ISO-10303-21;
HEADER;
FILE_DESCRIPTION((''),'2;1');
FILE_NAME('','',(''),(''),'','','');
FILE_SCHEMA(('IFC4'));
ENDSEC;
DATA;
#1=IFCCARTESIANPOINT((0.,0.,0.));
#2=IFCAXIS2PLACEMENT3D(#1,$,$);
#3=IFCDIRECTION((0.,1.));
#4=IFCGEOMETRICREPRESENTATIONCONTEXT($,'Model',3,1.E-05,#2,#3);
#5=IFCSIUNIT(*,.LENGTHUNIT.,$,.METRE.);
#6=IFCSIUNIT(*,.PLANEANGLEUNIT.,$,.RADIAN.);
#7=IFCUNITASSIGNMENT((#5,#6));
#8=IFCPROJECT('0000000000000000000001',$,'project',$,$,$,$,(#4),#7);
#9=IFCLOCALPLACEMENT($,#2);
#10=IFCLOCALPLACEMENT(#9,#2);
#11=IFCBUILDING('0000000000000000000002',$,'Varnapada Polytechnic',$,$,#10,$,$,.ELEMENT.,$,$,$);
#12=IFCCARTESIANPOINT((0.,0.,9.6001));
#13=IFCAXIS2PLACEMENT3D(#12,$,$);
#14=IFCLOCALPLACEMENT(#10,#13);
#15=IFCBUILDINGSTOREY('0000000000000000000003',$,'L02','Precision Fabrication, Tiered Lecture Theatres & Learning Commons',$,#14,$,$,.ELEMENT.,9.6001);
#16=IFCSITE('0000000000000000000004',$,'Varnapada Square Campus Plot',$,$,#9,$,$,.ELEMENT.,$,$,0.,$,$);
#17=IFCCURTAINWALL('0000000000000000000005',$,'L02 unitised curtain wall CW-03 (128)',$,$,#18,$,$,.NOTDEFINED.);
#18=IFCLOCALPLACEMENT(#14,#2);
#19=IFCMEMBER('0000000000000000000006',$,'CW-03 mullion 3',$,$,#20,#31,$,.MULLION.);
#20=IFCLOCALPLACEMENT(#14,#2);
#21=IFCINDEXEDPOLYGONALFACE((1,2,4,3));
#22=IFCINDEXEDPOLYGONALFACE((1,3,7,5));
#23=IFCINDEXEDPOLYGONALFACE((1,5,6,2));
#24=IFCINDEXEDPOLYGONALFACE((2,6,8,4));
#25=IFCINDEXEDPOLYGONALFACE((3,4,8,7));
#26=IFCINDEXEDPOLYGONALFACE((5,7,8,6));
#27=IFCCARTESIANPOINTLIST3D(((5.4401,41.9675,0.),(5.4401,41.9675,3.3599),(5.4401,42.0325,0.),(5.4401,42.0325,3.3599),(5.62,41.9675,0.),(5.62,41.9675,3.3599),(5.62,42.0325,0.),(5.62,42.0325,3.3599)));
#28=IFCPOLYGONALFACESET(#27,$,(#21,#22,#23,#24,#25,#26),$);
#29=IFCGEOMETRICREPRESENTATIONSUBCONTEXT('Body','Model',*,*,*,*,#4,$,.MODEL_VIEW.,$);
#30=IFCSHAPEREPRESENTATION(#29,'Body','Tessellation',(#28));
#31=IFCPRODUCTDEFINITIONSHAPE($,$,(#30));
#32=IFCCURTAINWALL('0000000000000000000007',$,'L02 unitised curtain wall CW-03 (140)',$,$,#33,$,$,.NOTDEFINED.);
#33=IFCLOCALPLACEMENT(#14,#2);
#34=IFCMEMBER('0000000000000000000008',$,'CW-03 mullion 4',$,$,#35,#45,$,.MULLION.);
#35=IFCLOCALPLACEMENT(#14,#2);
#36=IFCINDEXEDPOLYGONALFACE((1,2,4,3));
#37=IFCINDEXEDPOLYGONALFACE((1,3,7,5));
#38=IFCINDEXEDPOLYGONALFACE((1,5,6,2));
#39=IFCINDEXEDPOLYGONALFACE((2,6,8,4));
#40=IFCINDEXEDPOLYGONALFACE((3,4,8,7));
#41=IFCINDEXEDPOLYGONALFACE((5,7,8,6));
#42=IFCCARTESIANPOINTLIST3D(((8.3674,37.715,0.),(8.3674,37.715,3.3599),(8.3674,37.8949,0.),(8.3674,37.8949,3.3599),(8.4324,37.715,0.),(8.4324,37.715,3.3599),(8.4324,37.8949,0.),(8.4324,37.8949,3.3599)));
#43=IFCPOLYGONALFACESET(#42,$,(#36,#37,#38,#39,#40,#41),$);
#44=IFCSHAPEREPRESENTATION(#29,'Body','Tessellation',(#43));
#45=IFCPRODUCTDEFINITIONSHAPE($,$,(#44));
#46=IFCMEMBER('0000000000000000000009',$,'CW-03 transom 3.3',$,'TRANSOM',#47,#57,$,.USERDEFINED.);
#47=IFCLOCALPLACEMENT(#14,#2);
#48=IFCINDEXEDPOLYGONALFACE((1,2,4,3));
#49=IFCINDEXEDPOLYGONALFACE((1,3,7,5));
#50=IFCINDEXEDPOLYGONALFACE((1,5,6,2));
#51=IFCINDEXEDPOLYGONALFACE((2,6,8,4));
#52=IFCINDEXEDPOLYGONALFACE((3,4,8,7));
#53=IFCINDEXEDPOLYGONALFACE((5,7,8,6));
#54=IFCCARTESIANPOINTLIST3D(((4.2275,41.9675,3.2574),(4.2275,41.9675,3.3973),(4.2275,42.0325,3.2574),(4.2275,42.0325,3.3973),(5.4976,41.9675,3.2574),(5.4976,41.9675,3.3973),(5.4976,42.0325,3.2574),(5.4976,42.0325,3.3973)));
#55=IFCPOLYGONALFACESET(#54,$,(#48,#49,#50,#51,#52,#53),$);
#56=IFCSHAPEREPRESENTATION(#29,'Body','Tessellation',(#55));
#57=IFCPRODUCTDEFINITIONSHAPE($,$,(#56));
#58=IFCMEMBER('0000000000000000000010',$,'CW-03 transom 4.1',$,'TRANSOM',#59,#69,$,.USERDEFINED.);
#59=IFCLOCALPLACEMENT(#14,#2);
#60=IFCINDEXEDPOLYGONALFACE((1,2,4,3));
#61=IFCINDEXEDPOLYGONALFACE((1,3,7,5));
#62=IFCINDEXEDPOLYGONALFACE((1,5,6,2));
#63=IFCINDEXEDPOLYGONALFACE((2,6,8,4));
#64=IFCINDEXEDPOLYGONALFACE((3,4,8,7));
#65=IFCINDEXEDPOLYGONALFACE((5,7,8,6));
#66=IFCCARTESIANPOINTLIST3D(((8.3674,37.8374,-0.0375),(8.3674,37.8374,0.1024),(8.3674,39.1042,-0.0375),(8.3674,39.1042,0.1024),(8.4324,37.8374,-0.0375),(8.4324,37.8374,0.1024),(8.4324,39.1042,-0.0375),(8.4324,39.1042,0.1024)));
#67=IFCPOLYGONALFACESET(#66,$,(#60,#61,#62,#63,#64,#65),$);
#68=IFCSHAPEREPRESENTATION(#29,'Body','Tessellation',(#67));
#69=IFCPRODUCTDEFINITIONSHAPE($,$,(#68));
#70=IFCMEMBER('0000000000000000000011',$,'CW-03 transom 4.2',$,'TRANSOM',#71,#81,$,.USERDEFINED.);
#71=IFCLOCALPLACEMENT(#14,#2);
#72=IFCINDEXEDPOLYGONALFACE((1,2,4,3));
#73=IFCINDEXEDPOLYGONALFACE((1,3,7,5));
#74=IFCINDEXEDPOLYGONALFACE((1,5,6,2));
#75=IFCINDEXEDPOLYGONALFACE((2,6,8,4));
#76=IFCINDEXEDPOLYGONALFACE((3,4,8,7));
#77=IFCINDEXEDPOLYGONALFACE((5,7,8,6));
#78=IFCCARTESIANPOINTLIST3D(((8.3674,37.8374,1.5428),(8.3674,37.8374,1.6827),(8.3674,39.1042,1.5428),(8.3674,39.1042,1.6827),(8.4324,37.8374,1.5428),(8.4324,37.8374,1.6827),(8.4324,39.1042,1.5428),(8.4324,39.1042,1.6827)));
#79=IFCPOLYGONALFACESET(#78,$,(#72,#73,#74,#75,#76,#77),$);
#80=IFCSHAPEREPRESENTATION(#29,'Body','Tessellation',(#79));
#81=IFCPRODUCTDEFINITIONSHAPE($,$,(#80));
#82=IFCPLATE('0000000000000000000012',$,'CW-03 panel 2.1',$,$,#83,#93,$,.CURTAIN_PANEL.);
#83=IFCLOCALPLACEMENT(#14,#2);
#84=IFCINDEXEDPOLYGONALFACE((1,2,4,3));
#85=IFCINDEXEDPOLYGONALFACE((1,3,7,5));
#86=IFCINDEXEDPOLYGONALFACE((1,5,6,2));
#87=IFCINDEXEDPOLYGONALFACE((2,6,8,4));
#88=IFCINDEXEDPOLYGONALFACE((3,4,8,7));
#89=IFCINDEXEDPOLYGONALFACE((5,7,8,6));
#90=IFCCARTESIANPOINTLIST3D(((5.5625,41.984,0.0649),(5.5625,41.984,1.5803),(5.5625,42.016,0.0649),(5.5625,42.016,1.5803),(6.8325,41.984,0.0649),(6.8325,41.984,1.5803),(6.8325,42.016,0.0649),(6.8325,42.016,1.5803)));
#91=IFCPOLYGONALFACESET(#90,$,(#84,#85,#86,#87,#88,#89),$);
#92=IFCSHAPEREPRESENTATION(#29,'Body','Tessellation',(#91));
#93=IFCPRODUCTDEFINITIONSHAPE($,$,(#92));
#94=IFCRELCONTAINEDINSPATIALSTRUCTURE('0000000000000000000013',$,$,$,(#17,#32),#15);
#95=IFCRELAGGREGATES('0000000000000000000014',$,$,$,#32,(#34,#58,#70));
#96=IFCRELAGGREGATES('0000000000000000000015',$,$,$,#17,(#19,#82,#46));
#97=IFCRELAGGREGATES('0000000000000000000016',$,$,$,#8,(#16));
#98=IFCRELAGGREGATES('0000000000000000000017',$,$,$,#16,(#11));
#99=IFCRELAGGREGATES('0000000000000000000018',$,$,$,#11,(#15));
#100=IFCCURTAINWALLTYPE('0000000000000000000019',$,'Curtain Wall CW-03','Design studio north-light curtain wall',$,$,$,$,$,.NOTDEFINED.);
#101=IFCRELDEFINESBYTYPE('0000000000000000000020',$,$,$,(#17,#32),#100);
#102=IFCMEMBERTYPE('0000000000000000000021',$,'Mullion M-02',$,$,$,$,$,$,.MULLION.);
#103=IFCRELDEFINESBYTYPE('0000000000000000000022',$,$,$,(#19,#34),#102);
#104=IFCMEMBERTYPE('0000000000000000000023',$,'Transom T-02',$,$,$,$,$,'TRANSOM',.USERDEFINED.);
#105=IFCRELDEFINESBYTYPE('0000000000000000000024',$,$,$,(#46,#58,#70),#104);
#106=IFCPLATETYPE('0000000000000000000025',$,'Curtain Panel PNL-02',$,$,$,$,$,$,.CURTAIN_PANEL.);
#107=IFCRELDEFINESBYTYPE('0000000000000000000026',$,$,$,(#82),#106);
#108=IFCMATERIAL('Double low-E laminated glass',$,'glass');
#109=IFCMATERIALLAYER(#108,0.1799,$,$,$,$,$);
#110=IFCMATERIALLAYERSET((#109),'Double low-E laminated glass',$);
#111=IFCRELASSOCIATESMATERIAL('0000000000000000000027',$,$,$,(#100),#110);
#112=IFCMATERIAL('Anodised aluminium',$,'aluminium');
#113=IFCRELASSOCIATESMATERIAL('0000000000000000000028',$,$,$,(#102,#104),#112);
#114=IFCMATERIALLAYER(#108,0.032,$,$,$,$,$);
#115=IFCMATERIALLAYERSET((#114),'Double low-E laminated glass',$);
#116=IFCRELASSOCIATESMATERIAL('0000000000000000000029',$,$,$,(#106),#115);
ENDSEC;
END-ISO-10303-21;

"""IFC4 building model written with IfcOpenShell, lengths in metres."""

from ifc_helpers import new_model, si_unit, direction, frame, origin, origin_2d, place, context, subcontext, project, spatial, rectangle, extrude, material, layer, layer_set, material_profile, profile_set, type_object, element, aggregate, save


model = new_model("IFC4")

# Units and contexts
model_context = context("Model", 3, precision=1e-05, world=origin(), true_north=direction((0.0, 1.0)))
body_context = subcontext(model_context, "Body", "Model", "MODEL_VIEW")
ifc_project = project(units=[si_unit("LENGTHUNIT", "METRE"), si_unit("PLANEANGLEUNIT", "RADIAN")], contexts=[model_context])

# Site, building, storey
site_placement = place(None, origin())
site = spatial("IfcSite", under=ifc_project, at=site_placement, Name="Varnapada Square Campus Plot", CompositionType="ELEMENT", RefElevation=0.0)
building_placement = place(site_placement, origin())
building = spatial("IfcBuilding", under=site, at=building_placement, Name="Varnapada Polytechnic", CompositionType="ELEMENT")
storey_placement = place(building_placement, frame((0.0, 0.0, 9.6001)))
storey = spatial("IfcBuildingStorey", under=building, at=storey_placement, Name="L02", Description="Precision Fabrication, Tiered Lecture Theatres & Learning Commons", CompositionType="ELEMENT", Elevation=9.6001)

# Curtain walls, members
ifc_material_1 = material(Name="Double low-E laminated glass", Category="glass")
ifc_layer_1 = layer(ifc_material_1, 0.1799)
ifc_layer_set_1 = layer_set([ifc_layer_1], Name="Double low-E laminated glass")
curtain_wall_type = type_object("IfcCurtainWallType", Name="Curtain Wall CW-03", Description="Design studio north-light curtain wall", PredefinedType="NOTDEFINED", material=ifc_layer_set_1)
curtain_wall_1_placement = place(storey_placement, origin())
curtain_wall_1 = element("IfcCurtainWall", 1, at=curtain_wall_1_placement, inside=storey, type_object=curtain_wall_type, Name="L02 unitised curtain wall CW-03 (128)", PredefinedType="NOTDEFINED")
ifc_material_2 = material(Name="Anodised aluminium", Category="aluminium")
ifc_material_profile_1 = material_profile(ifc_material_2, rectangle(XDim=0.0649, YDim=0.1799, at=origin_2d()), Name="ALU M65x180")
ifc_profile_set_1 = profile_set([ifc_material_profile_1], Name="Anodised aluminium")
member_type_1 = type_object("IfcMemberType", Name="Mullion M-02", PredefinedType="MULLION", material=ifc_profile_set_1)
member_1_placement = place(storey_placement, frame((5.53, 42.0, 0.0), z_axis=(0.0, 0.0, 1.0), x_axis=(0.0, -1.0, 0.0)))
member_1 = element("IfcMember", 2, at=member_1_placement, type_object=member_type_1, Name="CW-03 mullion 3", PredefinedType="MULLION", context=body_context, shape_type="SweptSolid", body=[
    extrude(rectangle(XDim=0.0649, YDim=0.1799, at=origin_2d()), origin(), (0.0, 0.0, 1.0), 3.3599),
])
curtain_wall_2_placement = place(storey_placement, origin())
curtain_wall_2 = element("IfcCurtainWall", 3, at=curtain_wall_2_placement, inside=storey, type_object=curtain_wall_type, Name="L02 unitised curtain wall CW-03 (140)", PredefinedType="NOTDEFINED")
member_2_placement = place(storey_placement, frame((8.3999, 37.8049, 0.0), z_axis=(0.0, 0.0, 1.0), x_axis=(-1.0, 0.0, 0.0)))
member_2 = element("IfcMember", 4, at=member_2_placement, type_object=member_type_1, Name="CW-03 mullion 4", PredefinedType="MULLION", context=body_context, shape_type="SweptSolid", body=[
    extrude(rectangle(XDim=0.0649, YDim=0.1799, at=origin_2d()), origin(), (0.0, 0.0, 1.0), 3.3599),
])

# Members
ifc_material_profile_2 = material_profile(ifc_material_2, rectangle(XDim=0.0649, YDim=0.1399, at=origin_2d()), Name="ALU T65x140")
ifc_profile_set_2 = profile_set([ifc_material_profile_2], Name="Anodised aluminium")
member_type_2 = type_object("IfcMemberType", Name="Transom T-02", ElementType="TRANSOM", PredefinedType="USERDEFINED", material=ifc_profile_set_2)
member_3_placement = place(storey_placement, frame((5.4976, 42.0, 3.3274), z_axis=(-1.0, 0.0, 0.0), x_axis=(0.0, -1.0, 0.0)))
member_3 = element("IfcMember", 5, at=member_3_placement, type_object=member_type_2, Name="CW-03 transom 3.3", ObjectType="TRANSOM", PredefinedType="USERDEFINED", context=body_context, shape_type="SweptSolid", body=[
    extrude(rectangle(XDim=0.0649, YDim=0.1399, at=origin_2d()), origin(), (0.0, 0.0, 1.0), 1.27),
])
member_4_placement = place(storey_placement, frame((8.3999, 37.8374, 0.0325), z_axis=(0.0, 1.0, 0.0), x_axis=(-1.0, 0.0, 0.0)))
member_4 = element("IfcMember", 6, at=member_4_placement, type_object=member_type_2, Name="CW-03 transom 4.1", ObjectType="TRANSOM", PredefinedType="USERDEFINED", context=body_context, shape_type="SweptSolid", body=[
    extrude(rectangle(XDim=0.0649, YDim=0.1399, at=origin_2d()), origin(), (0.0, 0.0, 1.0), 1.2668),
])
member_5_placement = place(storey_placement, frame((8.3999, 37.8374, 1.6128), z_axis=(0.0, 1.0, 0.0), x_axis=(-1.0, 0.0, 0.0)))
member_5 = element("IfcMember", 7, at=member_5_placement, type_object=member_type_2, Name="CW-03 transom 4.2", ObjectType="TRANSOM", PredefinedType="USERDEFINED", context=body_context, shape_type="SweptSolid", body=[
    extrude(rectangle(XDim=0.0649, YDim=0.1399, at=origin_2d()), origin(), (0.0, 0.0, 1.0), 1.2668),
])
aggregate(curtain_wall_2, [member_2, member_4, member_5])

# Plate
ifc_layer_2 = layer(ifc_material_1, 0.032)
ifc_layer_set_2 = layer_set([ifc_layer_2], Name="Double low-E laminated glass")
plate_type = type_object("IfcPlateType", Name="Curtain Panel PNL-02", PredefinedType="CURTAIN_PANEL", material=ifc_layer_set_2)
plate_placement = place(storey_placement, frame((6.1975, 42.0, 0.0649), z_axis=(0.0, 0.0, 1.0), x_axis=(-1.0, 0.0, 0.0)))
plate = element("IfcPlate", 8, at=plate_placement, type_object=plate_type, Name="CW-03 panel 2.1", PredefinedType="CURTAIN_PANEL", context=body_context, shape_type="SweptSolid", body=[
    extrude(rectangle(XDim=1.27, YDim=0.032, at=origin_2d()), origin(), (0.0, 0.0, 1.0), 1.5154),
])
aggregate(curtain_wall_1, [member_1, plate, member_3])

save(model, "model.ifc")
